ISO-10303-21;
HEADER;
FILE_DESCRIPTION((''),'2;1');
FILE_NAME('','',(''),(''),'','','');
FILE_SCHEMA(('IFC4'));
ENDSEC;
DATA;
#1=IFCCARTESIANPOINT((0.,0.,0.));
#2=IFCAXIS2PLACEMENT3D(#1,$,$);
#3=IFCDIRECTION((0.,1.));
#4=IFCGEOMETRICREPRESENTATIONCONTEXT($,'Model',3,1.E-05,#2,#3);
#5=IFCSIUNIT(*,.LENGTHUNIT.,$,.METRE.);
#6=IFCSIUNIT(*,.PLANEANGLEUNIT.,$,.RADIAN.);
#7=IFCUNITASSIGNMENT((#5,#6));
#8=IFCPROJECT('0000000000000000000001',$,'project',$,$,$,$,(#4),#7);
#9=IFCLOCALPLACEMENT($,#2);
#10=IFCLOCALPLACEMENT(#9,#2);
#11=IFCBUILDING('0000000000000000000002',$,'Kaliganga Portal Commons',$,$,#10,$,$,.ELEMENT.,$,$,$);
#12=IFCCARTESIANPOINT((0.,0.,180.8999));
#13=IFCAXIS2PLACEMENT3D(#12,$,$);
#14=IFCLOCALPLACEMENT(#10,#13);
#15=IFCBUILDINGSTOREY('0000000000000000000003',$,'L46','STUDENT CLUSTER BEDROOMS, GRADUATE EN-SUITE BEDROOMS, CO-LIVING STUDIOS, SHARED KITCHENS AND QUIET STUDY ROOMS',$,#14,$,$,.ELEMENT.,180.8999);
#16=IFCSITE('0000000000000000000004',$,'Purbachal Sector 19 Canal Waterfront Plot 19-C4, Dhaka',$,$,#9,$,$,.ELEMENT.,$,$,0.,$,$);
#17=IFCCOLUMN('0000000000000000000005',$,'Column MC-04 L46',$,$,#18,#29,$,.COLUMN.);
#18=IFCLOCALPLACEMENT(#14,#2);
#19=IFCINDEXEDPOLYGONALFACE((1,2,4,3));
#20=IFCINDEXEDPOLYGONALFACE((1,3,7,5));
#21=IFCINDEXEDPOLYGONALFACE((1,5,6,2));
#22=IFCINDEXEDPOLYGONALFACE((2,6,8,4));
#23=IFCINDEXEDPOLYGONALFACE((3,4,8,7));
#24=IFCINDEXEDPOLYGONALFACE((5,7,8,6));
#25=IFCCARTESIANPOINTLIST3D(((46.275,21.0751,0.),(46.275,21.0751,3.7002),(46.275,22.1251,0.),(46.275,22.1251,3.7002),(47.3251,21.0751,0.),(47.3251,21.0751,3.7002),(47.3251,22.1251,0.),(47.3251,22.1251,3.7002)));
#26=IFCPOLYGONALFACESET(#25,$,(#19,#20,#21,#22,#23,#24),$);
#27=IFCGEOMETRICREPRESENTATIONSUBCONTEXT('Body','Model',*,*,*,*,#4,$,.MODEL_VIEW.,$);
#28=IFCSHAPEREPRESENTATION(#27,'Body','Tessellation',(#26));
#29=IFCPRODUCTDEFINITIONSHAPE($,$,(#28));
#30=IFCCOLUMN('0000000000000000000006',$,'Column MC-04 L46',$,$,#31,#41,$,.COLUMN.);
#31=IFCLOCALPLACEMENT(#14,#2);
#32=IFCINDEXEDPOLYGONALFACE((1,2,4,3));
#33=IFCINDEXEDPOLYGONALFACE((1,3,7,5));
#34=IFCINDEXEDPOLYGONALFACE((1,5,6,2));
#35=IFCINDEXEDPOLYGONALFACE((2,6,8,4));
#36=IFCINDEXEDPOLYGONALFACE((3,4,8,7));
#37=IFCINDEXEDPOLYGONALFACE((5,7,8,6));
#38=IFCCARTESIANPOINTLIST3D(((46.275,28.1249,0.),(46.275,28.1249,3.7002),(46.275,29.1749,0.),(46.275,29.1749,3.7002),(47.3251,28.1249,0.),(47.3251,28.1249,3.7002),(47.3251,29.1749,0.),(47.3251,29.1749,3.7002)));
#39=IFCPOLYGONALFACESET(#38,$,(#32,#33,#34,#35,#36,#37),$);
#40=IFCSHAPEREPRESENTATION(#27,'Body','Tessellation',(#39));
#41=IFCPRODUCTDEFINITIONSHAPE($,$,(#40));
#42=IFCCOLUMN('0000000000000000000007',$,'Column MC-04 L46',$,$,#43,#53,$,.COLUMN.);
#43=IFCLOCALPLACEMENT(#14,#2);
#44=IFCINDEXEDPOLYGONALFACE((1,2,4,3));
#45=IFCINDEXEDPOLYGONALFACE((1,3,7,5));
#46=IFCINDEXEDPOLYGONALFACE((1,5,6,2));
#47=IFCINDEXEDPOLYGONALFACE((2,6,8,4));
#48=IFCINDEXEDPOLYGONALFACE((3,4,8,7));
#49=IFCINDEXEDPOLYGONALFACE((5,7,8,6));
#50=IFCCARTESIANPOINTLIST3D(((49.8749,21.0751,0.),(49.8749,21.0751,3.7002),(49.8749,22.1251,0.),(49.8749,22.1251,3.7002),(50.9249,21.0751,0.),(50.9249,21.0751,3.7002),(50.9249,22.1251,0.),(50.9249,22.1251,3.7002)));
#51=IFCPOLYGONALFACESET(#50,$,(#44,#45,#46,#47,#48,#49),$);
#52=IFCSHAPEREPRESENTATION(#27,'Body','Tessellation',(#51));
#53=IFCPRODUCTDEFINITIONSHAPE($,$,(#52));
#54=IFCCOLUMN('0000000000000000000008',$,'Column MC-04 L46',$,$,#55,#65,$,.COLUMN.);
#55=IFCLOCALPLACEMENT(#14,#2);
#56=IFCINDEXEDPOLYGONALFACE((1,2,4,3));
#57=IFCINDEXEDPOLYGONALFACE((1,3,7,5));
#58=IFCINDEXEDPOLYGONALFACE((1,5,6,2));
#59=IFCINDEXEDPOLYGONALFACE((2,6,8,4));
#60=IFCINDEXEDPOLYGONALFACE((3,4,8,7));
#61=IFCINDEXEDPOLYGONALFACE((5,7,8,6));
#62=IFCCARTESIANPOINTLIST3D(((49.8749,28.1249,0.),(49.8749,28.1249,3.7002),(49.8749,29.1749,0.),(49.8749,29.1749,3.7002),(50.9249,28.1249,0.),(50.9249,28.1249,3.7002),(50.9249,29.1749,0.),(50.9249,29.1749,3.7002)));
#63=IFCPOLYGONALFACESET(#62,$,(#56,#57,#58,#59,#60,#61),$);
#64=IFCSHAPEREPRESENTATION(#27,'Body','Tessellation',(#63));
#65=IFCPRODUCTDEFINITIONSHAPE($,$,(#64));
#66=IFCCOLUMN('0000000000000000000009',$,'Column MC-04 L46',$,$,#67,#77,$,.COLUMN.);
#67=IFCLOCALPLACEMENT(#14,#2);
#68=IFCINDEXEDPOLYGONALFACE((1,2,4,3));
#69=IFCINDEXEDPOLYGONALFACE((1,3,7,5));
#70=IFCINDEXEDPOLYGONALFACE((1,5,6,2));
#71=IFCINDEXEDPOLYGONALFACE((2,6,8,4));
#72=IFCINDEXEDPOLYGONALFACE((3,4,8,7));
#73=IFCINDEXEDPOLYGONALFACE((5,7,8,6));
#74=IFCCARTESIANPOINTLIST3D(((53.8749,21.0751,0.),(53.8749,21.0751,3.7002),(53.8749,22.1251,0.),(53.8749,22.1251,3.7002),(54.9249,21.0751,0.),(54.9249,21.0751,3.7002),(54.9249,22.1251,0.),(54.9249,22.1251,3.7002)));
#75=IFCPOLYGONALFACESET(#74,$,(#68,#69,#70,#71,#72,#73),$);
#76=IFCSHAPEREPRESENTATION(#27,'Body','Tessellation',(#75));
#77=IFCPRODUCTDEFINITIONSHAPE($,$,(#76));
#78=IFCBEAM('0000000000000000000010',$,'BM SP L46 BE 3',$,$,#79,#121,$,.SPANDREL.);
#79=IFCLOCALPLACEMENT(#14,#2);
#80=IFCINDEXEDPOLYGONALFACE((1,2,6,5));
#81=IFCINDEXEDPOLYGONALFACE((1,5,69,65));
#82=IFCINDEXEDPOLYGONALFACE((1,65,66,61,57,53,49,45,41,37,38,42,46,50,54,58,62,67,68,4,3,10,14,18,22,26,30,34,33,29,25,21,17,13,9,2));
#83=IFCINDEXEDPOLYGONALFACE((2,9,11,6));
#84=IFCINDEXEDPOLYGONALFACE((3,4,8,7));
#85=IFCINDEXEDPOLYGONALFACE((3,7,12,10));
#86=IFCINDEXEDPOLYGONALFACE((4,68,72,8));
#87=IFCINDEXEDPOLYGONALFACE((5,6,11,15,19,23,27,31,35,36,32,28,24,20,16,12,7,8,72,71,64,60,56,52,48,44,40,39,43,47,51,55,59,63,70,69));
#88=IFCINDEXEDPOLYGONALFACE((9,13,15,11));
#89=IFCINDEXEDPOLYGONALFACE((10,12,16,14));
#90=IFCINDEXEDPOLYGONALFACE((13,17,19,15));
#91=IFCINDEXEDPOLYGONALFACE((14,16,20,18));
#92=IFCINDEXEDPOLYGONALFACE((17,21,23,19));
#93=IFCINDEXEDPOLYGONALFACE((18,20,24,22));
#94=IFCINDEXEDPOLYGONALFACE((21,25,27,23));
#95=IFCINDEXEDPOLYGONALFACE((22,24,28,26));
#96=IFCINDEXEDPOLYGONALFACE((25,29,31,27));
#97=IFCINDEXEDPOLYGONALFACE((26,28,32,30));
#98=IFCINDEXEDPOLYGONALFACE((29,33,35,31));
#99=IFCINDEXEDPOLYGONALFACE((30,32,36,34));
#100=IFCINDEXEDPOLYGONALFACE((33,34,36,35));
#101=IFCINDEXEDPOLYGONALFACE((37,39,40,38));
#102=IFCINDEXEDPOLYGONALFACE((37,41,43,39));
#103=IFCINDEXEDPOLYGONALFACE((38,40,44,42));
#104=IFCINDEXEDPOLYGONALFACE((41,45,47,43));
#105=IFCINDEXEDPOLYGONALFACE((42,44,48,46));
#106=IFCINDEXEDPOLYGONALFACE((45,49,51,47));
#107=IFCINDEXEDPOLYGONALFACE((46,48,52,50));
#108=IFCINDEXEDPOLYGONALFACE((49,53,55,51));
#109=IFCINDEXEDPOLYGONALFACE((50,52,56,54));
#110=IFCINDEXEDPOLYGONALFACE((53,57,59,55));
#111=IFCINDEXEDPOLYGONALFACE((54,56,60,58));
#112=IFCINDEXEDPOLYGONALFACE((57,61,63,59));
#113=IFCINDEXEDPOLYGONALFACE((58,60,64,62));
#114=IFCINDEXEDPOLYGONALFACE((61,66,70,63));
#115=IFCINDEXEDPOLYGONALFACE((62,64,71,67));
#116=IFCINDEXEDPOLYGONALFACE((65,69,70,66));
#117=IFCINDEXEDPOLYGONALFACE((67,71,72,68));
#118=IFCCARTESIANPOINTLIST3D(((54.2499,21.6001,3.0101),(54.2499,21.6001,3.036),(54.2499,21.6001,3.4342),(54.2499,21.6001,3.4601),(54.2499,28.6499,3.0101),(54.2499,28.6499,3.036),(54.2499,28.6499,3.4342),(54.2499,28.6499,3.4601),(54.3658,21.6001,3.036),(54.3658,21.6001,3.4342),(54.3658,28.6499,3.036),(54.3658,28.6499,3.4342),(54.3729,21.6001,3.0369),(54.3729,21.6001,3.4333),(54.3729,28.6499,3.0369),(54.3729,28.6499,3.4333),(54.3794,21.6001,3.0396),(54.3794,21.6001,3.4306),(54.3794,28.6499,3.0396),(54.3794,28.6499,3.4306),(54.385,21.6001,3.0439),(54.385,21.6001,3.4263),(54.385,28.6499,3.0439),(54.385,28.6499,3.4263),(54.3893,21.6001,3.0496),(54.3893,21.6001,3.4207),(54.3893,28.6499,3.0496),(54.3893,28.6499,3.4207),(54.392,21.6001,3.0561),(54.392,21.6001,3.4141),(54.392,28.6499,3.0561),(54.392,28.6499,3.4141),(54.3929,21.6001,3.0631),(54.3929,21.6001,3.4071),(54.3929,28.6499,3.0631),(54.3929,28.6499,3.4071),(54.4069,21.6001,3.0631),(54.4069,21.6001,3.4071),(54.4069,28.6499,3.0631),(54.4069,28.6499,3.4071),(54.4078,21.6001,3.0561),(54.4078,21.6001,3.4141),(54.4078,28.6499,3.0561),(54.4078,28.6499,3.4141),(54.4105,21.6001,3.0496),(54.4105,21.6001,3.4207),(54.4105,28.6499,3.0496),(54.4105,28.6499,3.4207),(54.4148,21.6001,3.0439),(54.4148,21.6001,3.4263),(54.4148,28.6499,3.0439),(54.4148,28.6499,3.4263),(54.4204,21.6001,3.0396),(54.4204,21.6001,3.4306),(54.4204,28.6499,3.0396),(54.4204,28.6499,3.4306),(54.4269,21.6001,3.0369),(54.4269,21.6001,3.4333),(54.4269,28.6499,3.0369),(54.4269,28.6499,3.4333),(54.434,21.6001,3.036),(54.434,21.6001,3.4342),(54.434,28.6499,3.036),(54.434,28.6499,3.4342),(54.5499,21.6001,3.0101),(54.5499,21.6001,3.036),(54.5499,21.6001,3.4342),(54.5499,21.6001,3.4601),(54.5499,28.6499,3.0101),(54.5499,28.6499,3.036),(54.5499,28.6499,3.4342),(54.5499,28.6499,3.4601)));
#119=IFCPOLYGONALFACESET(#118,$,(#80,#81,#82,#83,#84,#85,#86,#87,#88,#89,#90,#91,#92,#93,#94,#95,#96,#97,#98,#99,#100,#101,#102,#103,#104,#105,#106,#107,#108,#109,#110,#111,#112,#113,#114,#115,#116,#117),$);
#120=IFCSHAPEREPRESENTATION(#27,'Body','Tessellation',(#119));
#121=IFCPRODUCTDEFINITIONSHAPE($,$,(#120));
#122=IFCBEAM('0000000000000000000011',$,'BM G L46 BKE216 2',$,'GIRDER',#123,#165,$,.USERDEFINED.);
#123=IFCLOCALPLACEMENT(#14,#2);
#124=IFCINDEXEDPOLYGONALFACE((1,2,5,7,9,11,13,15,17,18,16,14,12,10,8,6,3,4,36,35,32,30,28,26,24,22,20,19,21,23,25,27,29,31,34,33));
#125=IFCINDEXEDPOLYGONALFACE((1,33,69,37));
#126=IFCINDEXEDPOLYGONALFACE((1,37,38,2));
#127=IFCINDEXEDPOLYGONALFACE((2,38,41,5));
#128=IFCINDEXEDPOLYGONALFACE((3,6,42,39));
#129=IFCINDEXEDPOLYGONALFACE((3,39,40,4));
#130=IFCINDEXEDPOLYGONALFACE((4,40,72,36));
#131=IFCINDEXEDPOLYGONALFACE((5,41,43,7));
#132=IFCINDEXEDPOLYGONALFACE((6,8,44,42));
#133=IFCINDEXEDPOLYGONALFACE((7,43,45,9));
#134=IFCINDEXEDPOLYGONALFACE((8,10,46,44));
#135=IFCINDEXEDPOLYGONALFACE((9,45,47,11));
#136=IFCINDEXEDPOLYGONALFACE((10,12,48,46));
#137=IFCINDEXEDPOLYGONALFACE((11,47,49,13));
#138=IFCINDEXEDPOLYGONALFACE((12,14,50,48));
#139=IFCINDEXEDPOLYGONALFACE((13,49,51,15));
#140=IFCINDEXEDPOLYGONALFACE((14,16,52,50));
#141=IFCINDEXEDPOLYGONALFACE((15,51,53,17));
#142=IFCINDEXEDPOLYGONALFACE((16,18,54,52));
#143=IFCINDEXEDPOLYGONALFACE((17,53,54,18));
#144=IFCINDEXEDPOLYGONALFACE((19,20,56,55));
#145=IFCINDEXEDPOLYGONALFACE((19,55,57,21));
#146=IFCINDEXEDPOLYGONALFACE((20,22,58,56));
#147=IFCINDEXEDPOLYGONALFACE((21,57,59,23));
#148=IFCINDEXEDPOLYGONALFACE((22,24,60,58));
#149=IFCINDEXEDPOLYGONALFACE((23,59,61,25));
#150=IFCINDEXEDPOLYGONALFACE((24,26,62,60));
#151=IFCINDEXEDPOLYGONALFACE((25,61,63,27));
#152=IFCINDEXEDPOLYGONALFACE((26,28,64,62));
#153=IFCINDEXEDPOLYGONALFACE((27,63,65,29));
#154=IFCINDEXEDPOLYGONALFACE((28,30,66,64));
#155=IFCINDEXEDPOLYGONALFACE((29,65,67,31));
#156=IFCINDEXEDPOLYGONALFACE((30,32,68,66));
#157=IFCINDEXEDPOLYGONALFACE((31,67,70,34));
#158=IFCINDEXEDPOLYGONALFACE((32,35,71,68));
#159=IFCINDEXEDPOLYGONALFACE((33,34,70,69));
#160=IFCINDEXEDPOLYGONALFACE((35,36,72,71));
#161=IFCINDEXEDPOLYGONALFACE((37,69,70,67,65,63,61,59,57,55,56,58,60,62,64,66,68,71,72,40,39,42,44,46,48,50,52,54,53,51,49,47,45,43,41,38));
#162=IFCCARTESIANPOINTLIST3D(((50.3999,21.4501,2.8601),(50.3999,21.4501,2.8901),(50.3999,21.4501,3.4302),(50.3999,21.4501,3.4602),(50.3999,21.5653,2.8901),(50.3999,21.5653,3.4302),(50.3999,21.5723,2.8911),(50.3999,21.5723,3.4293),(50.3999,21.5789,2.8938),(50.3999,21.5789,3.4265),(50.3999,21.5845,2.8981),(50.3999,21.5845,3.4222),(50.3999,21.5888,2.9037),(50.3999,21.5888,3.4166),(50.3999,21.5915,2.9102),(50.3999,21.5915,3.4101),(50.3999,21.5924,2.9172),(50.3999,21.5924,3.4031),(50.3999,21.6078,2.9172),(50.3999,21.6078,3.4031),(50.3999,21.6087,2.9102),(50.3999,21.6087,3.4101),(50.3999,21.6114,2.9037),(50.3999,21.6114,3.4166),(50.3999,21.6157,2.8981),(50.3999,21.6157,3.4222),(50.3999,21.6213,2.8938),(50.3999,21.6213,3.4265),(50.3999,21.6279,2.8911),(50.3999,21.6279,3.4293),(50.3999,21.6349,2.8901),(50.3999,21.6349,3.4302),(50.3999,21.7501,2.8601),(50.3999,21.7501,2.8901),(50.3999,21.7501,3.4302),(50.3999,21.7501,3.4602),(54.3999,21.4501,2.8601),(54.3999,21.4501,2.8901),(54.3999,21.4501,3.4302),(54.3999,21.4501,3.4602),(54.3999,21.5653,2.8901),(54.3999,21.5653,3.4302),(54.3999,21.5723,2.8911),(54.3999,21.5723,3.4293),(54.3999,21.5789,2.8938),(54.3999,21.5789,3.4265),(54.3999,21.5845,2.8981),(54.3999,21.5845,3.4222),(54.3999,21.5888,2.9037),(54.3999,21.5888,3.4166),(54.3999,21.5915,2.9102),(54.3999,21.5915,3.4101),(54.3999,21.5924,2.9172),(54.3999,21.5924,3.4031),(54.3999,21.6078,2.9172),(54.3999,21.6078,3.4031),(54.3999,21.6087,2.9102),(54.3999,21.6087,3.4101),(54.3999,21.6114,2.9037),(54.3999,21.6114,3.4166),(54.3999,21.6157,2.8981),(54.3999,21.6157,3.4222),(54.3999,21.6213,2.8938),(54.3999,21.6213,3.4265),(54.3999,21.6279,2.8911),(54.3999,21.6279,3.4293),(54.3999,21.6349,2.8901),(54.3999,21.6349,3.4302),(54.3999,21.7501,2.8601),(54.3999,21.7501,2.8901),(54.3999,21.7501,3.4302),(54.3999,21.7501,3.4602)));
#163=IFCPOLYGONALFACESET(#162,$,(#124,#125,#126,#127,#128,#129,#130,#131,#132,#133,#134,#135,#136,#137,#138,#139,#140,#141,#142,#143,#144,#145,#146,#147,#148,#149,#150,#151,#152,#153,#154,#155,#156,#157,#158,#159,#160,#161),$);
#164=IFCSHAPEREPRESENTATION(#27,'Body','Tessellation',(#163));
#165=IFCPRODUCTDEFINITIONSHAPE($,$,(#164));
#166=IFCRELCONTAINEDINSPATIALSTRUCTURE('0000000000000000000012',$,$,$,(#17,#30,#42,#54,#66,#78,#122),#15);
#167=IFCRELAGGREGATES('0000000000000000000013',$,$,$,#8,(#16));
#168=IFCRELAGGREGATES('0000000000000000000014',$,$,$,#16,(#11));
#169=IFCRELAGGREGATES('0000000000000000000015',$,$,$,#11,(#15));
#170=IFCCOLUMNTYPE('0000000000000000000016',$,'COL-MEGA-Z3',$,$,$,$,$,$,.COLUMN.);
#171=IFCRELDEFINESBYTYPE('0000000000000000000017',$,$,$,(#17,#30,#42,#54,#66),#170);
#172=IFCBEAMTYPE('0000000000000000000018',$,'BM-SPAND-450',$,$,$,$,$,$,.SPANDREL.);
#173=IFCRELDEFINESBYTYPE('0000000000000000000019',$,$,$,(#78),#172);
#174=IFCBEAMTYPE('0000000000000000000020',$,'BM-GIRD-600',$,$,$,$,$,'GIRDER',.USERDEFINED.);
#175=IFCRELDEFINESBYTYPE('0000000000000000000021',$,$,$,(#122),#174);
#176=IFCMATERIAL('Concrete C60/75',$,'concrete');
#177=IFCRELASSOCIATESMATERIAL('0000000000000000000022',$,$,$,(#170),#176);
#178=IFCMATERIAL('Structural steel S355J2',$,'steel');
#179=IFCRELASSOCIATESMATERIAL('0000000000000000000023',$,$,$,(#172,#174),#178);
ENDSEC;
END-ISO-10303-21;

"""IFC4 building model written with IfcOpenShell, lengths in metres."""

from ifc_helpers import new_model, si_unit, direction, frame, origin, origin_2d, place, context, subcontext, project, spatial, rectangle, i_section, extrude, source, transform, mapped, material, material_profile, profile_set, type_object, element, save


model = new_model("IFC4")

# Units and contexts
model_context = context("Model", 3, precision=1e-05, world=origin(), true_north=direction((0.0, 1.0)))
body_context = subcontext(model_context, "Body", "Model", "MODEL_VIEW")
ifc_project = project(units=[si_unit("LENGTHUNIT", "METRE"), si_unit("PLANEANGLEUNIT", "RADIAN")], contexts=[model_context])

# Site, building, storey
site_placement = place(None, origin())
site = spatial("IfcSite", under=ifc_project, at=site_placement, Name="Purbachal Sector 19 Canal Waterfront Plot 19-C4, Dhaka", CompositionType="ELEMENT", RefElevation=0.0)
building_placement = place(site_placement, origin())
building = spatial("IfcBuilding", under=site, at=building_placement, Name="Kaliganga Portal Commons", CompositionType="ELEMENT")
storey_placement = place(building_placement, frame((0.0, 0.0, 180.8999)))
storey = spatial("IfcBuildingStorey", under=building, at=storey_placement, Name="L46", Description="STUDENT CLUSTER BEDROOMS, GRADUATE EN-SUITE BEDROOMS, CO-LIVING STUDIOS, SHARED KITCHENS AND QUIET STUDY ROOMS", CompositionType="ELEMENT", Elevation=180.8999)

# Columns
ifc_material_1 = material(Name="Concrete C60/75", Category="concrete")
ifc_material_profile_1 = material_profile(ifc_material_1, rectangle(XDim=1.05, YDim=1.05, at=origin_2d()), Name="RC 1050x1050")
ifc_profile_set_1 = profile_set([ifc_material_profile_1], Name="Concrete C60/75")
column_type = type_object("IfcColumnType", Name="COL-MEGA-Z3", PredefinedType="COLUMN", material=ifc_profile_set_1)
shared_shape_1 = source(origin(), body_context, "Body", "SweptSolid", [
    extrude(rectangle(XDim=1.05, YDim=1.05, at=origin_2d()), origin(), (0.0, 0.0, 1.0), 3.7002),
])
for number, where, z_axis, x_axis, name in (
    (1, (46.8, 21.6001, 0.0), (0.0, 0.0, 1.0), (1.0, 0.0, 0.0), "Column MC-04 L46"),
    (2, (46.8, 28.6499, 0.0), (0.0, 0.0, 1.0), (1.0, 0.0, 0.0), "Column MC-04 L46"),
    (3, (50.3999, 21.6001, 0.0), (0.0, 0.0, 1.0), (1.0, 0.0, 0.0), "Column MC-04 L46"),
    (4, (50.3999, 28.6499, 0.0), (0.0, 0.0, 1.0), (1.0, 0.0, 0.0), "Column MC-04 L46"),
    (5, (54.3999, 21.6001, 0.0), (0.0, 0.0, 1.0), (1.0, 0.0, 0.0), "Column MC-04 L46"),
):
    element("IfcColumn", number, at=place(storey_placement, frame(where, z_axis=z_axis, x_axis=x_axis)), inside=storey, type_object=column_type, Name=name, PredefinedType="COLUMN", context=body_context, shape_type="MappedRepresentation", body=[
        mapped(shared_shape_1, transform((0.0, 0.0, 0.0), x_axis=(1.0, 0.0, 0.0), y_axis=(0.0, 1.0, 0.0), z_axis=(0.0, 0.0, 1.0), scale=1.0)),
    ])

# Beams
ifc_material_2 = material(Name="Structural steel S355J2", Category="steel")
ifc_material_profile_2 = material_profile(ifc_material_2, i_section(OverallWidth=0.3, OverallDepth=0.45, WebThickness=0.0139, FlangeThickness=0.0259, FilletRadius=0.0271, at=origin_2d()), Name="HE 450 B")
ifc_profile_set_2 = profile_set([ifc_material_profile_2], Name="Structural steel S355J2 wide-flange")
beam_type_1 = type_object("IfcBeamType", Name="BM-SPAND-450", PredefinedType="SPANDREL", material=ifc_profile_set_2)
shared_shape_2 = source(origin(), body_context, "Body", "SweptSolid", [
    extrude(i_section(OverallWidth=0.3, OverallDepth=0.45, WebThickness=0.0139, FlangeThickness=0.0259, FilletRadius=0.0271, at=origin_2d()), origin(), (0.0, 0.0, 1.0), 7.0498),
])
beam_1_placement = place(storey_placement, frame((54.3999, 21.6001, 3.2351), z_axis=(0.0, 1.0, 0.0), x_axis=(-1.0, 0.0, 0.0)))
element("IfcBeam", 6, at=beam_1_placement, inside=storey, type_object=beam_type_1, Name="BM SP L46 BE 3", PredefinedType="SPANDREL", context=body_context, shape_type="MappedRepresentation", body=[
    mapped(shared_shape_2, transform((0.0, 0.0, 0.0), x_axis=(1.0, 0.0, 0.0), y_axis=(0.0, 1.0, 0.0), z_axis=(0.0, 0.0, 1.0), scale=1.0)),
])
ifc_material_profile_3 = material_profile(ifc_material_2, i_section(OverallWidth=0.3, OverallDepth=0.6001, WebThickness=0.0154, FlangeThickness=0.03, FilletRadius=0.0271, at=origin_2d()), Name="HE 600 B")
ifc_profile_set_3 = profile_set([ifc_material_profile_3], Name="Structural steel S355J2 wide-flange")
beam_type_2 = type_object("IfcBeamType", Name="BM-GIRD-600", ElementType="GIRDER", PredefinedType="USERDEFINED", material=ifc_profile_set_3)
shared_shape_3 = source(origin(), body_context, "Body", "SweptSolid", [
    extrude(i_section(OverallWidth=0.3, OverallDepth=0.6001, WebThickness=0.0154, FlangeThickness=0.03, FilletRadius=0.0271, at=origin_2d()), origin(), (0.0, 0.0, 1.0), 4.0),
])
beam_2_placement = place(storey_placement, frame((50.3999, 21.6001, 3.1602), z_axis=(1.0, 0.0, 0.0), x_axis=(0.0, 1.0, 0.0)))
element("IfcBeam", 7, at=beam_2_placement, inside=storey, type_object=beam_type_2, Name="BM G L46 BKE216 2", ObjectType="GIRDER", PredefinedType="USERDEFINED", context=body_context, shape_type="MappedRepresentation", body=[
    mapped(shared_shape_3, transform((0.0, 0.0, 0.0), x_axis=(1.0, 0.0, 0.0), y_axis=(0.0, 1.0, 0.0), z_axis=(0.0, 0.0, 1.0), scale=1.0)),
])

save(model, "model.ifc")
